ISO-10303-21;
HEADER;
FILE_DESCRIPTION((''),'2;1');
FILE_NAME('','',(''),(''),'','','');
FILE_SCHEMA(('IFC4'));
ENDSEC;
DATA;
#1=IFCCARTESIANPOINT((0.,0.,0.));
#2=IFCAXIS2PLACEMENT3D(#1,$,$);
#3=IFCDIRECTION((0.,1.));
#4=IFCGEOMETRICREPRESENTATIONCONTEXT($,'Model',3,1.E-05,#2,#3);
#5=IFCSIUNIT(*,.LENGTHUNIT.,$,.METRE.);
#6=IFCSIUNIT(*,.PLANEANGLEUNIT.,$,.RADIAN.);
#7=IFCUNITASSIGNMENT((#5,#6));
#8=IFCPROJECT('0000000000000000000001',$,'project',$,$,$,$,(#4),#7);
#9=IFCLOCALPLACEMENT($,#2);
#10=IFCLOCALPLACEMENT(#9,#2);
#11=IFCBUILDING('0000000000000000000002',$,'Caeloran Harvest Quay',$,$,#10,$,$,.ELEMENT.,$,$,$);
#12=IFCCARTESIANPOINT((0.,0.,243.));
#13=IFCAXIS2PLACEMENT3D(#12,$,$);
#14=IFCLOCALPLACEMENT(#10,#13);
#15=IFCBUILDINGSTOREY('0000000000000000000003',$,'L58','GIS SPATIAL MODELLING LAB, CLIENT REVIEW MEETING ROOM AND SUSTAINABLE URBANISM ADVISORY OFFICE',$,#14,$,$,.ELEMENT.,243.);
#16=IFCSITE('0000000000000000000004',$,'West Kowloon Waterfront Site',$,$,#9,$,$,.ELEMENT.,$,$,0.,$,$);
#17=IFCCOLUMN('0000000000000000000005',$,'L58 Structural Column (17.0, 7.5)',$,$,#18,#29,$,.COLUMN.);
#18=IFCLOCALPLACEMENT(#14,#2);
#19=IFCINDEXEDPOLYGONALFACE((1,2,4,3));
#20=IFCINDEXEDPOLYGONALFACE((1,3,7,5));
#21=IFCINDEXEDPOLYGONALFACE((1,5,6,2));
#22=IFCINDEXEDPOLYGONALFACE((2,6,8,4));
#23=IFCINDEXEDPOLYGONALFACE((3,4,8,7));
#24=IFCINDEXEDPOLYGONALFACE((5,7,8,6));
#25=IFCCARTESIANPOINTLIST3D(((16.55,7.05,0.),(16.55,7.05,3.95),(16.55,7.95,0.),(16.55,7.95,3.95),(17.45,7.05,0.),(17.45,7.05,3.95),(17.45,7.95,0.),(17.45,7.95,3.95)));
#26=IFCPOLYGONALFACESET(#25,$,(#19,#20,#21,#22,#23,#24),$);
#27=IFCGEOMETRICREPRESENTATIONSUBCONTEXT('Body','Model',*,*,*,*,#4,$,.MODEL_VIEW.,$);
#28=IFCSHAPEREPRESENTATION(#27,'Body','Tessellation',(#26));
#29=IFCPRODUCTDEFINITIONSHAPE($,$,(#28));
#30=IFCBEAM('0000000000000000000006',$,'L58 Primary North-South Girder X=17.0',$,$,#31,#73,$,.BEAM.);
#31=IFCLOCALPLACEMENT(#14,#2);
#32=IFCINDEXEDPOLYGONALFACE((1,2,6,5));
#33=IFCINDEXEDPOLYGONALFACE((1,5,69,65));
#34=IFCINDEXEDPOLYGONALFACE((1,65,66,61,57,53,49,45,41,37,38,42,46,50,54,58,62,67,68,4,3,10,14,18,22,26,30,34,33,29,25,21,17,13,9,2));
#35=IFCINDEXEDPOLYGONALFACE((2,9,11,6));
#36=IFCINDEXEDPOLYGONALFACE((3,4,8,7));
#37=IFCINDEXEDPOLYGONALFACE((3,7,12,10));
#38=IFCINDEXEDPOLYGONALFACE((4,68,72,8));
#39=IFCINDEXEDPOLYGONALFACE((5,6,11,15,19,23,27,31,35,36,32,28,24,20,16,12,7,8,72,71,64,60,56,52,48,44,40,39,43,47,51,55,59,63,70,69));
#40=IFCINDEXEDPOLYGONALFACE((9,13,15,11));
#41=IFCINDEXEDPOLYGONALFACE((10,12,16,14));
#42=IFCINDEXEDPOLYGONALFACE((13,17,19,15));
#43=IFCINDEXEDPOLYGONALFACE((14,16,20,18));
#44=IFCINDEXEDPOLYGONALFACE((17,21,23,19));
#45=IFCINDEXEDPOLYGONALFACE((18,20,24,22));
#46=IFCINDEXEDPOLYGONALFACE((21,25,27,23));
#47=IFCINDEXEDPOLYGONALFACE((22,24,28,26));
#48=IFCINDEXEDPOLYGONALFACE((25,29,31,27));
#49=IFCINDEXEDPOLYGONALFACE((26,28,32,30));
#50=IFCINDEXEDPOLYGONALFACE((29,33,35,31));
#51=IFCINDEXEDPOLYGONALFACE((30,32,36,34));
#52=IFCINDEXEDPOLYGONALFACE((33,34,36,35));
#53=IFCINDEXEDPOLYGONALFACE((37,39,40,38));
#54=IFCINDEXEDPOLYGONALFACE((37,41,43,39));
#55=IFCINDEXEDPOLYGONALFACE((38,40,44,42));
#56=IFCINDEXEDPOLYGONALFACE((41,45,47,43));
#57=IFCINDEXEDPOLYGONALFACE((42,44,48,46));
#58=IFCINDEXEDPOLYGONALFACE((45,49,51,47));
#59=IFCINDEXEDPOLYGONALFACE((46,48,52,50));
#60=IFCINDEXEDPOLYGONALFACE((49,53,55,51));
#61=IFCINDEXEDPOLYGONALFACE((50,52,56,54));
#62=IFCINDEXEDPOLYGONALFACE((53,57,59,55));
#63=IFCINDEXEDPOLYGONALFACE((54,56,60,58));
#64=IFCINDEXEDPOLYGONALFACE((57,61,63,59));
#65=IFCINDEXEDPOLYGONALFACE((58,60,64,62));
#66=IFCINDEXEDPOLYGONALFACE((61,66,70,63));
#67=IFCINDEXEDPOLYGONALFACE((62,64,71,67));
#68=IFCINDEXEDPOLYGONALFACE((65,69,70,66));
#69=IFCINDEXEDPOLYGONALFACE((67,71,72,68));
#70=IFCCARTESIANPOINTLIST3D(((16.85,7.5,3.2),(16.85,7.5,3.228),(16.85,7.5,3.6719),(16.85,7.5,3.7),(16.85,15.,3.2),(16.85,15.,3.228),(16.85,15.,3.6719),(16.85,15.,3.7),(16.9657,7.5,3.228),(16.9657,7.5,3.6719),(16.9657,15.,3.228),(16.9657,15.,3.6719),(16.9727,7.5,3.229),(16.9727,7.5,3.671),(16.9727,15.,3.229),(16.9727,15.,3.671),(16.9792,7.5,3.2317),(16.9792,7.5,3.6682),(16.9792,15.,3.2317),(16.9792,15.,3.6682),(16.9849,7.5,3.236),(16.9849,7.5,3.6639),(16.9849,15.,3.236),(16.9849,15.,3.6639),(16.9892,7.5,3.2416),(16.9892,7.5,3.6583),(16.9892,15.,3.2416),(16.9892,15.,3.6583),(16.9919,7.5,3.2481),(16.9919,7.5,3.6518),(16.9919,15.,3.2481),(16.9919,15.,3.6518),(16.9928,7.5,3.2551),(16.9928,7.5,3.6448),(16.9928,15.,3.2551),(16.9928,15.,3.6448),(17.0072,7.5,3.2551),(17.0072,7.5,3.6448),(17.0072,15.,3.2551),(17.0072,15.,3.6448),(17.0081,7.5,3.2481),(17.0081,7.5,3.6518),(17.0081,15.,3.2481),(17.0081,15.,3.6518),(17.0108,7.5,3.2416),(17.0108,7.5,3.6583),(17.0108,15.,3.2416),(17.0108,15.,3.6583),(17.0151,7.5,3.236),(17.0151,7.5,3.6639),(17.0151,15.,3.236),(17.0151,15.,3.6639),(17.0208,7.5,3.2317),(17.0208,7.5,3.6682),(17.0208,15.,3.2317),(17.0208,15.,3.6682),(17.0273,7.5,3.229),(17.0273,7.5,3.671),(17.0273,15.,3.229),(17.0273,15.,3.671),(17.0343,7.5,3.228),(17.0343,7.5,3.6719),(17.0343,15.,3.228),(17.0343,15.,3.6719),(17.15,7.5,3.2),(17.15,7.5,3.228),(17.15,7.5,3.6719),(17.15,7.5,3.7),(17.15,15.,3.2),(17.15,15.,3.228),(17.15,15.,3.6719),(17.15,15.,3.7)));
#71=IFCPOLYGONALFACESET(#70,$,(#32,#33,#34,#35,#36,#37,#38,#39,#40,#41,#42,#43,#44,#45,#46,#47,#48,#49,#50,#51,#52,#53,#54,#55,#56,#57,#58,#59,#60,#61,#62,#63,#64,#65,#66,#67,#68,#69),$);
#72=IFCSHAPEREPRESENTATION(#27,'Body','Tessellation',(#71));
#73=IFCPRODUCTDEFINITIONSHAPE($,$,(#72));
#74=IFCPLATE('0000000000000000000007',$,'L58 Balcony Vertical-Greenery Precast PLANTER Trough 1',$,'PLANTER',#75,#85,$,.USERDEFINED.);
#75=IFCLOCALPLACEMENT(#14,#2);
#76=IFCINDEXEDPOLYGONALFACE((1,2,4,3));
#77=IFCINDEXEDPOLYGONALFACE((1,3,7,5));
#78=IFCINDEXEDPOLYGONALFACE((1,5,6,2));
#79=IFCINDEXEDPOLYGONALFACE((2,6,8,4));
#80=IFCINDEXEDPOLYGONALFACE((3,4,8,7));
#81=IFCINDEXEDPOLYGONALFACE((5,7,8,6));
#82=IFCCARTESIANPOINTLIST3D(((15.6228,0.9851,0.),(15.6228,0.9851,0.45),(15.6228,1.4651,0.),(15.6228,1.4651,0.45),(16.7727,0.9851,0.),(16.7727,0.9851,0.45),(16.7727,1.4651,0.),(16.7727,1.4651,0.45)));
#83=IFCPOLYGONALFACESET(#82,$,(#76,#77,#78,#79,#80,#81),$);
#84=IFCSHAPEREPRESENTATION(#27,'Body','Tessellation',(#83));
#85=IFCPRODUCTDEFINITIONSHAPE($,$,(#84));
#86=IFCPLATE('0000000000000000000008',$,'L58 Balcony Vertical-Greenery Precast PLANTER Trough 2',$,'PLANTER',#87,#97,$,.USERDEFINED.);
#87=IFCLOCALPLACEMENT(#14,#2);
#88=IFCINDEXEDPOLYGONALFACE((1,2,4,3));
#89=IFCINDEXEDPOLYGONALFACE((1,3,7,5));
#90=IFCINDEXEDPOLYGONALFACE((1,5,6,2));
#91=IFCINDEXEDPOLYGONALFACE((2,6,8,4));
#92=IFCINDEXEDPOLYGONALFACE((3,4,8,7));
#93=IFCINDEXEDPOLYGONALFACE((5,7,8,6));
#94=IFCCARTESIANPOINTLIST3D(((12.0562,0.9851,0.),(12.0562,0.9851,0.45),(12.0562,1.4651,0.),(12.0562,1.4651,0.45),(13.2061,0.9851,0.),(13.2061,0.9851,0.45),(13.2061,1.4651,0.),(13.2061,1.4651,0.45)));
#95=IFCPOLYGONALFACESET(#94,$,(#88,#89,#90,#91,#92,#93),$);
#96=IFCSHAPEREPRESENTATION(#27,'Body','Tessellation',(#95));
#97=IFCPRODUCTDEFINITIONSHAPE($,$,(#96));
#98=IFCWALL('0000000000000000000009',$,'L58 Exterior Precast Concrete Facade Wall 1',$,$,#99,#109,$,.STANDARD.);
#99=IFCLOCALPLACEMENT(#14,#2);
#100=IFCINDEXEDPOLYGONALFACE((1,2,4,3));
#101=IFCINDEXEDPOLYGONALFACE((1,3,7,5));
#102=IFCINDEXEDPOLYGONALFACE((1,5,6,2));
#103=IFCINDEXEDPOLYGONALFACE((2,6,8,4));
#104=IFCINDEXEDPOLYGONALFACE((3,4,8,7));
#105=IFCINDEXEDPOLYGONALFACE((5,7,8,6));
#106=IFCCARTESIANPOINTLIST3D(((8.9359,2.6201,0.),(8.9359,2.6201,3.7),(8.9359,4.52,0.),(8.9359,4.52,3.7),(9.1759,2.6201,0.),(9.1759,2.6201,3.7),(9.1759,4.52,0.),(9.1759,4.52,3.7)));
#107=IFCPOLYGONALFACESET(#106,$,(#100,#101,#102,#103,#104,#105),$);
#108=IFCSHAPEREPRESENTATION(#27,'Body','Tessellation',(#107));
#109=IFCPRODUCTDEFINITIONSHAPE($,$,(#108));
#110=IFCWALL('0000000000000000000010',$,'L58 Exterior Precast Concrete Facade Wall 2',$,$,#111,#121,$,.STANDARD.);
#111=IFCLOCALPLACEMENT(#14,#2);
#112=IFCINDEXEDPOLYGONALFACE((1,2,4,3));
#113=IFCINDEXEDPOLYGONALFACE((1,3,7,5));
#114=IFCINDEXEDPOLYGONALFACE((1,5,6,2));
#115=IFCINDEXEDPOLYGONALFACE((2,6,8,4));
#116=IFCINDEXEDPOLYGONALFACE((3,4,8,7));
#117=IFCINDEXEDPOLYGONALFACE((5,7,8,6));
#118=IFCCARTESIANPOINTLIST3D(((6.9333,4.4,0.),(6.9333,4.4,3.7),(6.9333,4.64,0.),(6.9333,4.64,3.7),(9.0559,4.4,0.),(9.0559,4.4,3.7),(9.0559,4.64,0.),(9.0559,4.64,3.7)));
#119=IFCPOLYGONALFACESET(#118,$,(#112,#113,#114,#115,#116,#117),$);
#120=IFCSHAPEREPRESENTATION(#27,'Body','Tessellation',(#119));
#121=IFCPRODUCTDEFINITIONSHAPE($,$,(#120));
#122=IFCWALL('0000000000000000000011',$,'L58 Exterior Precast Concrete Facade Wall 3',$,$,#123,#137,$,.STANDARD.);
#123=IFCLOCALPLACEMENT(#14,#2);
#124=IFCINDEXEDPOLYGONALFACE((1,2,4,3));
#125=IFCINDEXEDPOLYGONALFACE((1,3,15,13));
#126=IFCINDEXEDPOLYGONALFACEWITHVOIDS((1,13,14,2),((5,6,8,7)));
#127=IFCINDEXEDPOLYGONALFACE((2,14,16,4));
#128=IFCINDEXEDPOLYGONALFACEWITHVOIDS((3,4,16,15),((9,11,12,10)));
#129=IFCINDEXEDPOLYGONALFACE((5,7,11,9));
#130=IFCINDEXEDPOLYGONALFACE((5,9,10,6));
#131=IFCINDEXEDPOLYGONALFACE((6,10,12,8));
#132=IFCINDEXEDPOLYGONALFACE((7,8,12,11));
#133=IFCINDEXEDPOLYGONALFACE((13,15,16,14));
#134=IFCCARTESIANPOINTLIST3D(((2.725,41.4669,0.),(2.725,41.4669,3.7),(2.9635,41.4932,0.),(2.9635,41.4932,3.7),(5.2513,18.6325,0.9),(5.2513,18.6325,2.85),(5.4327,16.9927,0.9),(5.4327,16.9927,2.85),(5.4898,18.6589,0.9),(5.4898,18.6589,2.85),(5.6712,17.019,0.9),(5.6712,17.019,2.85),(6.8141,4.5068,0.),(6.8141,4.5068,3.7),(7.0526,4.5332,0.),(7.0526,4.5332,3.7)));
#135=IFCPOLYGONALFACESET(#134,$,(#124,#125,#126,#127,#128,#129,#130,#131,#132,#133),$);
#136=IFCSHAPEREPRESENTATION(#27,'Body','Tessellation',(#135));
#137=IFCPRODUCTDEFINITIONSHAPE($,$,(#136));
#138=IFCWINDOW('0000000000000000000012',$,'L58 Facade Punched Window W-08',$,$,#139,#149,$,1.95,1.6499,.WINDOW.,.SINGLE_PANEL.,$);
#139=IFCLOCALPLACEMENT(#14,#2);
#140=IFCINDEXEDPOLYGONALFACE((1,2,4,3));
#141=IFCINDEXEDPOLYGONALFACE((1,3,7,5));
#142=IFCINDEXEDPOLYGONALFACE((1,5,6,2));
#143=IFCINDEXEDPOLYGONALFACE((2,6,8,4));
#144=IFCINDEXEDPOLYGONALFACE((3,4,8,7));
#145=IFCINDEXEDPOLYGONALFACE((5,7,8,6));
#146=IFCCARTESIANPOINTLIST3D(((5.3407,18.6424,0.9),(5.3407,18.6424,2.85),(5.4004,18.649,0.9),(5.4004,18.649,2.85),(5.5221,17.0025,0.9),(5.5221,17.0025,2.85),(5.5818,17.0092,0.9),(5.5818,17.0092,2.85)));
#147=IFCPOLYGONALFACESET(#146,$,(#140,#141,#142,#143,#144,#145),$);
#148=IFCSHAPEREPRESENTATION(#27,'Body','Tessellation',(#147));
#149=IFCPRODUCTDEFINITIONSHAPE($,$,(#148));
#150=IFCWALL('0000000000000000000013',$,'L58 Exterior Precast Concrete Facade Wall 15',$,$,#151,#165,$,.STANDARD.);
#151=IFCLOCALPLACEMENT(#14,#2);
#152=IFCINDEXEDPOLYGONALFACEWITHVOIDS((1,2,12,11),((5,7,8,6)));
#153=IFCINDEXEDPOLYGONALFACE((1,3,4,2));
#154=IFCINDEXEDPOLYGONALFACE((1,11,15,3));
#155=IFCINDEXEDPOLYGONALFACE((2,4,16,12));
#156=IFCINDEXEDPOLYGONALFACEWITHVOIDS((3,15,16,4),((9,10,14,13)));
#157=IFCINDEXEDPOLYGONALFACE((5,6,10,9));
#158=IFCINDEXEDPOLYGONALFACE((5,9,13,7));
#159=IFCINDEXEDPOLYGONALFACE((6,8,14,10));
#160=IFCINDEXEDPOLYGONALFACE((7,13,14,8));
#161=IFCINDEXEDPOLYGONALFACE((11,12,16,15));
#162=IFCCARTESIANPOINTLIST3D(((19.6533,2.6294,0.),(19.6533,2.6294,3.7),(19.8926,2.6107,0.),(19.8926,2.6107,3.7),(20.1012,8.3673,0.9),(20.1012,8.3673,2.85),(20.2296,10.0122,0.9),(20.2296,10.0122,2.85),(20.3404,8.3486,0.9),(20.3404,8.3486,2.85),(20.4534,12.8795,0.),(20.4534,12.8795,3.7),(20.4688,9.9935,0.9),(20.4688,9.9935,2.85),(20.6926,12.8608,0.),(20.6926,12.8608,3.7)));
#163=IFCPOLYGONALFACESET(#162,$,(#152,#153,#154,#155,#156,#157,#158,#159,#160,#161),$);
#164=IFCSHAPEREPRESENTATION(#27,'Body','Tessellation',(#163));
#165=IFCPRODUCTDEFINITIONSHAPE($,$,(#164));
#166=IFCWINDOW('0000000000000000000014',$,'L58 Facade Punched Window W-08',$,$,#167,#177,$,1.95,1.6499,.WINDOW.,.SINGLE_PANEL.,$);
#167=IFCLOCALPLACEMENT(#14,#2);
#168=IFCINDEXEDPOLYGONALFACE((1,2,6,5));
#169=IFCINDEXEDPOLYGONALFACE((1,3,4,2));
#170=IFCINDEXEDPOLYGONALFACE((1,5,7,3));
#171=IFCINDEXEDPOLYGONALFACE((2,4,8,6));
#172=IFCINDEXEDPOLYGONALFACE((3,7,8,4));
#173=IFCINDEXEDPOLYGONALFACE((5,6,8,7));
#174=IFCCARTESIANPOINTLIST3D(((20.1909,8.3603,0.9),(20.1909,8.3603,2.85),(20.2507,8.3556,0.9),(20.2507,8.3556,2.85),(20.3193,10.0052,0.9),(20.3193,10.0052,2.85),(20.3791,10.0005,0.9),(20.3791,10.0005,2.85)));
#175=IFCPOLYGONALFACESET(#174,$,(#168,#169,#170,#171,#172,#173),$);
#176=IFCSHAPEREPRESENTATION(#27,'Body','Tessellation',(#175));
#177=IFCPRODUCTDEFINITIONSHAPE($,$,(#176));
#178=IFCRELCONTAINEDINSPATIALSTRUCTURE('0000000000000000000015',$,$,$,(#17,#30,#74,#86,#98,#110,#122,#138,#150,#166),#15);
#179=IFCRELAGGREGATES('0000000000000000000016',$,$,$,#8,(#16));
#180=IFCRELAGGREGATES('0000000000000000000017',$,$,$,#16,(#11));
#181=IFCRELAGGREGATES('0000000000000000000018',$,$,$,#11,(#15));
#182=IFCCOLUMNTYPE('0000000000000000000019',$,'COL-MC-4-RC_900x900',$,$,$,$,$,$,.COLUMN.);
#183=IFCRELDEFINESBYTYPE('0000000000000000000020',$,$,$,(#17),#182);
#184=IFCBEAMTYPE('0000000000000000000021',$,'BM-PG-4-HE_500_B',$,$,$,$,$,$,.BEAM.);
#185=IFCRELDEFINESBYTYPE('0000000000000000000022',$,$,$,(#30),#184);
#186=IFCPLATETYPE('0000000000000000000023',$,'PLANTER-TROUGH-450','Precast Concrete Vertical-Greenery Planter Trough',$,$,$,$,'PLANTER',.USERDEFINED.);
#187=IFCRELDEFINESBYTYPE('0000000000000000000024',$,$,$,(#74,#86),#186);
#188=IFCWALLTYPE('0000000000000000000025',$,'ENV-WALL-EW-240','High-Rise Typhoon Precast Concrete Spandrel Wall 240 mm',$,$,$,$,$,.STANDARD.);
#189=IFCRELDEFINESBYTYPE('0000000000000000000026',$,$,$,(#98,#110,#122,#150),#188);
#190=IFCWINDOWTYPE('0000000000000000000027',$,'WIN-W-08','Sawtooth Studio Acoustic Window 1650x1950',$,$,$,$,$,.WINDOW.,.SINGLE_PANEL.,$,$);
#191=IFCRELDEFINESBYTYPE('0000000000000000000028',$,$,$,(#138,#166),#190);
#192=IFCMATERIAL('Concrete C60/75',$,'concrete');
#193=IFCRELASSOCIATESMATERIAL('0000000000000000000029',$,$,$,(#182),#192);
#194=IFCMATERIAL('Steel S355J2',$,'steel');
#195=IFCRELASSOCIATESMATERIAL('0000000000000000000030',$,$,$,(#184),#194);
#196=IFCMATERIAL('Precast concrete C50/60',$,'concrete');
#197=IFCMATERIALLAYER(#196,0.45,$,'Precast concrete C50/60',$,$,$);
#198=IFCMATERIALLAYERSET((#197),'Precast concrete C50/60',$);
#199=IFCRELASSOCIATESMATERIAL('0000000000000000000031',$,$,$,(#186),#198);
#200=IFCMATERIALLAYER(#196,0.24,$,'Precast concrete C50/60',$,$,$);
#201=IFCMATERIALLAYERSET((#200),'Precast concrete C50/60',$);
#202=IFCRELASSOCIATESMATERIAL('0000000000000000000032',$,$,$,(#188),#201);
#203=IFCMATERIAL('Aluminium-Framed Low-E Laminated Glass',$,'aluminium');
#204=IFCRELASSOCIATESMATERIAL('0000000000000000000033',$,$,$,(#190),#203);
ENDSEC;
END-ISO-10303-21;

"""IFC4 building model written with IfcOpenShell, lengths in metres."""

from ifc_helpers import new_model, si_unit, direction, frame, frame_2d, origin, origin_2d, place, context, subcontext, project, spatial, rectangle, i_section, extrude, material, layer, layer_set, material_profile, profile_set, type_object, element, fill, save


model = new_model("IFC4")

# Units and contexts
model_context = context("Model", 3, precision=1e-05, world=origin(), true_north=direction((0.0, 1.0)))
body_context = subcontext(model_context, "Body", "Model", "MODEL_VIEW")
ifc_project = project(units=[si_unit("LENGTHUNIT", "METRE"), si_unit("PLANEANGLEUNIT", "RADIAN")], contexts=[model_context])

# Site, building, storey
site_placement = place(None, origin())
site = spatial("IfcSite", under=ifc_project, at=site_placement, Name="West Kowloon Waterfront Site", CompositionType="ELEMENT", RefElevation=0.0)
building_placement = place(site_placement, origin())
building = spatial("IfcBuilding", under=site, at=building_placement, Name="Caeloran Harvest Quay", CompositionType="ELEMENT")
storey_placement = place(building_placement, frame((0.0, 0.0, 243.0)))
storey = spatial("IfcBuildingStorey", under=building, at=storey_placement, Name="L58", Description="GIS SPATIAL MODELLING LAB, CLIENT REVIEW MEETING ROOM AND SUSTAINABLE URBANISM ADVISORY OFFICE", CompositionType="ELEMENT", Elevation=243.0)

# Column
ifc_material_1 = material(Name="Concrete C60/75", Category="concrete")
ifc_material_profile_1 = material_profile(ifc_material_1, rectangle(XDim=0.8999, YDim=0.8999, at=origin_2d()), Name="RC 900x900")
ifc_profile_set_1 = profile_set([ifc_material_profile_1], Name="Concrete C60/75")
column_type = type_object("IfcColumnType", Name="COL-MC-4-RC_900x900", PredefinedType="COLUMN", material=ifc_profile_set_1)
column_placement = place(storey_placement, frame((17.0, 7.5, 0.0), z_axis=(0.0, 0.0, 1.0), x_axis=(1.0, 0.0, 0.0)))
element("IfcColumn", 1, at=column_placement, inside=storey, type_object=column_type, Name="L58 Structural Column (17.0, 7.5)", PredefinedType="COLUMN", context=body_context, shape_type="SweptSolid", body=[
    extrude(rectangle(XDim=0.8999, YDim=0.8999, at=origin_2d()), origin(), (0.0, 0.0, 1.0), 3.95),
])

# Beam
ifc_material_2 = material(Name="Steel S355J2", Category="steel")
ifc_material_profile_2 = material_profile(ifc_material_2, i_section(OverallWidth=0.3, OverallDepth=0.5, WebThickness=0.0144, FlangeThickness=0.0281, FilletRadius=0.0271, at=origin_2d()), Name="HE 500 B")
ifc_profile_set_2 = profile_set([ifc_material_profile_2], Name="Steel S355J2")
beam_type = type_object("IfcBeamType", Name="BM-PG-4-HE_500_B", PredefinedType="BEAM", material=ifc_profile_set_2)
beam_placement = place(storey_placement, frame((17.0, 7.5, 3.45), z_axis=(0.0, 1.0, 0.0), x_axis=(-1.0, 0.0, 0.0)))
element("IfcBeam", 2, at=beam_placement, inside=storey, type_object=beam_type, Name="L58 Primary North-South Girder X=17.0", PredefinedType="BEAM", context=body_context, shape_type="SweptSolid", body=[
    extrude(i_section(OverallWidth=0.3, OverallDepth=0.5, WebThickness=0.0144, FlangeThickness=0.0281, FilletRadius=0.0271, at=origin_2d()), origin(), (0.0, 0.0, 1.0), 7.5),
])

# Plates
ifc_material_3 = material(Name="Precast concrete C50/60", Category="concrete")
ifc_layer_1 = layer(ifc_material_3, 0.45, Name="Precast concrete C50/60")
ifc_layer_set_1 = layer_set([ifc_layer_1], Name="Precast concrete C50/60")
plate_type = type_object("IfcPlateType", Name="PLANTER-TROUGH-450", Description="Precast Concrete Vertical-Greenery Planter Trough", ElementType="PLANTER", PredefinedType="USERDEFINED", material=ifc_layer_set_1)
for number, where, z_axis, x_axis, name in (
    (3, (16.1978, 1.2251, 0.0), (0.0, 0.0, 1.0), (1.0, 0.0, 0.0), "L58 Balcony Vertical-Greenery Precast PLANTER Trough 1"),
    (4, (12.6311, 1.2251, 0.0), (0.0, 0.0, 1.0), (1.0, 0.0, 0.0), "L58 Balcony Vertical-Greenery Precast PLANTER Trough 2"),
):
    element("IfcPlate", number, at=place(storey_placement, frame(where, z_axis=z_axis, x_axis=x_axis)), inside=storey, type_object=plate_type, Name=name, ObjectType="PLANTER", PredefinedType="USERDEFINED", context=body_context, shape_type="SweptSolid", body=[
        extrude(rectangle(XDim=1.1499, YDim=0.48, at=origin_2d()), origin(), (0.0, 0.0, 1.0), 0.45),
    ])

# Walls
ifc_layer_2 = layer(ifc_material_3, 0.24, Name="Precast concrete C50/60")
ifc_layer_set_2 = layer_set([ifc_layer_2], Name="Precast concrete C50/60")
wall_type_1 = type_object("IfcWallType", Name="ENV-WALL-EW-240", Description="High-Rise Typhoon Precast Concrete Spandrel Wall 240 mm", PredefinedType="STANDARD", material=ifc_layer_set_2)
wall_1_placement = place(storey_placement, frame((9.0559, 2.6201, 0.0), z_axis=(0.0, 0.0, 1.0), x_axis=(0.0, 1.0, 0.0)))
element("IfcWall", 5, at=wall_1_placement, inside=storey, type_object=wall_type_1, Name="L58 Exterior Precast Concrete Facade Wall 1", PredefinedType="STANDARD", context=body_context, shape_type="SweptSolid", body=[
    extrude(rectangle(XDim=1.8999, YDim=0.24, at=frame_2d((0.95, 0.0))), origin(), (0.0, 0.0, 1.0), 3.7),
])
wall_2_placement = place(storey_placement, frame((9.0559, 4.52, 0.0), z_axis=(0.0, 0.0, 1.0), x_axis=(-1.0, 0.0, 0.0)))
element("IfcWall", 6, at=wall_2_placement, inside=storey, type_object=wall_type_1, Name="L58 Exterior Precast Concrete Facade Wall 2", PredefinedType="STANDARD", context=body_context, shape_type="SweptSolid", body=[
    extrude(rectangle(XDim=2.1226, YDim=0.24, at=frame_2d((1.0613, 0.0))), origin(), (0.0, 0.0, 1.0), 3.7),
])

# Walls, openings, windows
wall_3_placement = place(storey_placement, frame((6.9333, 4.52, 0.0), z_axis=(0.0, 0.0, 1.0), x_axis=(-0.109965, 0.993935, 0.0)))
wall_3 = element("IfcWall", 7, at=wall_3_placement, inside=storey, type_object=wall_type_1, Name="L58 Exterior Precast Concrete Facade Wall 3", PredefinedType="STANDARD", context=body_context, shape_type="SweptSolid", body=[
    extrude(rectangle(XDim=37.1855, YDim=0.24, at=frame_2d((18.5928, 0.0))), origin(), (0.0, 0.0, 1.0), 3.7),
])
opening_1_placement = place(wall_3_placement, frame((12.562, 0.0, 0.8999)))
opening_1 = element("IfcOpeningElement", 8, at=opening_1_placement, cuts=wall_3, PredefinedType="OPENING", context=body_context, shape_type="SweptSolid", body=[
    extrude(rectangle(XDim=1.6499, YDim=1.95, at=frame_2d((0.825, 0.9751))), frame((0.0, 0.1299, 0.0), z_axis=(0.0, -1.0, 0.0), x_axis=(1.0, 0.0, 0.0)), (0.0, 0.0, 1.0), 0.26),
])
ifc_material_4 = material(Name="Aluminium-Framed Low-E Laminated Glass", Category="aluminium")
window_type = type_object("IfcWindowType", Name="WIN-W-08", Description="Sawtooth Studio Acoustic Window 1650x1950", PartitioningType="SINGLE_PANEL", PredefinedType="WINDOW", material=ifc_material_4)
window_1_placement = place(opening_1_placement, origin())
window_1 = element("IfcWindow", 9, at=window_1_placement, inside=storey, type_object=window_type, Name="L58 Facade Punched Window W-08", OverallHeight=1.95, OverallWidth=1.6499, PartitioningType="SINGLE_PANEL", PredefinedType="WINDOW", context=body_context, shape_type="SweptSolid", body=[
    extrude(rectangle(XDim=1.6499, YDim=1.95, at=frame_2d((0.825, 0.9751))), frame((0.0, 0.03, 0.0), z_axis=(0.0, -1.0, 0.0), x_axis=(1.0, 0.0, 0.0)), (0.0, 0.0, 1.0), 0.0601),
])
fill(opening_1, window_1)
wall_4_placement = place(storey_placement, frame((20.573, 12.8701, 0.0), z_axis=(0.0, 0.0, 1.0), x_axis=(-0.077817, -0.996968, 0.0)))
wall_4 = element("IfcWall", 10, at=wall_4_placement, inside=storey, type_object=wall_type_1, Name="L58 Exterior Precast Concrete Facade Wall 15", PredefinedType="STANDARD", context=body_context, shape_type="SweptSolid", body=[
    extrude(rectangle(XDim=10.2812, YDim=0.24, at=frame_2d((5.1406, 0.0))), origin(), (0.0, 0.0, 1.0), 3.7),
])
opening_2_placement = place(wall_4_placement, frame((2.876, 0.0, 0.8999)))
opening_2 = element("IfcOpeningElement", 11, at=opening_2_placement, cuts=wall_4, PredefinedType="OPENING", context=body_context, shape_type="SweptSolid", body=[
    extrude(rectangle(XDim=1.6499, YDim=1.95, at=frame_2d((0.825, 0.9751))), frame((0.0, 0.1299, 0.0), z_axis=(0.0, -1.0, 0.0), x_axis=(1.0, 0.0, 0.0)), (0.0, 0.0, 1.0), 0.26),
])
window_2_placement = place(opening_2_placement, origin())
window_2 = element("IfcWindow", 12, at=window_2_placement, inside=storey, type_object=window_type, Name="L58 Facade Punched Window W-08", OverallHeight=1.95, OverallWidth=1.6499, PartitioningType="SINGLE_PANEL", PredefinedType="WINDOW", context=body_context, shape_type="SweptSolid", body=[
    extrude(rectangle(XDim=1.6499, YDim=1.95, at=frame_2d((0.825, 0.9751))), frame((0.0, 0.03, 0.0), z_axis=(0.0, -1.0, 0.0), x_axis=(1.0, 0.0, 0.0)), (0.0, 0.0, 1.0), 0.0601),
])
fill(opening_2, window_2)

save(model, "model.ifc")
